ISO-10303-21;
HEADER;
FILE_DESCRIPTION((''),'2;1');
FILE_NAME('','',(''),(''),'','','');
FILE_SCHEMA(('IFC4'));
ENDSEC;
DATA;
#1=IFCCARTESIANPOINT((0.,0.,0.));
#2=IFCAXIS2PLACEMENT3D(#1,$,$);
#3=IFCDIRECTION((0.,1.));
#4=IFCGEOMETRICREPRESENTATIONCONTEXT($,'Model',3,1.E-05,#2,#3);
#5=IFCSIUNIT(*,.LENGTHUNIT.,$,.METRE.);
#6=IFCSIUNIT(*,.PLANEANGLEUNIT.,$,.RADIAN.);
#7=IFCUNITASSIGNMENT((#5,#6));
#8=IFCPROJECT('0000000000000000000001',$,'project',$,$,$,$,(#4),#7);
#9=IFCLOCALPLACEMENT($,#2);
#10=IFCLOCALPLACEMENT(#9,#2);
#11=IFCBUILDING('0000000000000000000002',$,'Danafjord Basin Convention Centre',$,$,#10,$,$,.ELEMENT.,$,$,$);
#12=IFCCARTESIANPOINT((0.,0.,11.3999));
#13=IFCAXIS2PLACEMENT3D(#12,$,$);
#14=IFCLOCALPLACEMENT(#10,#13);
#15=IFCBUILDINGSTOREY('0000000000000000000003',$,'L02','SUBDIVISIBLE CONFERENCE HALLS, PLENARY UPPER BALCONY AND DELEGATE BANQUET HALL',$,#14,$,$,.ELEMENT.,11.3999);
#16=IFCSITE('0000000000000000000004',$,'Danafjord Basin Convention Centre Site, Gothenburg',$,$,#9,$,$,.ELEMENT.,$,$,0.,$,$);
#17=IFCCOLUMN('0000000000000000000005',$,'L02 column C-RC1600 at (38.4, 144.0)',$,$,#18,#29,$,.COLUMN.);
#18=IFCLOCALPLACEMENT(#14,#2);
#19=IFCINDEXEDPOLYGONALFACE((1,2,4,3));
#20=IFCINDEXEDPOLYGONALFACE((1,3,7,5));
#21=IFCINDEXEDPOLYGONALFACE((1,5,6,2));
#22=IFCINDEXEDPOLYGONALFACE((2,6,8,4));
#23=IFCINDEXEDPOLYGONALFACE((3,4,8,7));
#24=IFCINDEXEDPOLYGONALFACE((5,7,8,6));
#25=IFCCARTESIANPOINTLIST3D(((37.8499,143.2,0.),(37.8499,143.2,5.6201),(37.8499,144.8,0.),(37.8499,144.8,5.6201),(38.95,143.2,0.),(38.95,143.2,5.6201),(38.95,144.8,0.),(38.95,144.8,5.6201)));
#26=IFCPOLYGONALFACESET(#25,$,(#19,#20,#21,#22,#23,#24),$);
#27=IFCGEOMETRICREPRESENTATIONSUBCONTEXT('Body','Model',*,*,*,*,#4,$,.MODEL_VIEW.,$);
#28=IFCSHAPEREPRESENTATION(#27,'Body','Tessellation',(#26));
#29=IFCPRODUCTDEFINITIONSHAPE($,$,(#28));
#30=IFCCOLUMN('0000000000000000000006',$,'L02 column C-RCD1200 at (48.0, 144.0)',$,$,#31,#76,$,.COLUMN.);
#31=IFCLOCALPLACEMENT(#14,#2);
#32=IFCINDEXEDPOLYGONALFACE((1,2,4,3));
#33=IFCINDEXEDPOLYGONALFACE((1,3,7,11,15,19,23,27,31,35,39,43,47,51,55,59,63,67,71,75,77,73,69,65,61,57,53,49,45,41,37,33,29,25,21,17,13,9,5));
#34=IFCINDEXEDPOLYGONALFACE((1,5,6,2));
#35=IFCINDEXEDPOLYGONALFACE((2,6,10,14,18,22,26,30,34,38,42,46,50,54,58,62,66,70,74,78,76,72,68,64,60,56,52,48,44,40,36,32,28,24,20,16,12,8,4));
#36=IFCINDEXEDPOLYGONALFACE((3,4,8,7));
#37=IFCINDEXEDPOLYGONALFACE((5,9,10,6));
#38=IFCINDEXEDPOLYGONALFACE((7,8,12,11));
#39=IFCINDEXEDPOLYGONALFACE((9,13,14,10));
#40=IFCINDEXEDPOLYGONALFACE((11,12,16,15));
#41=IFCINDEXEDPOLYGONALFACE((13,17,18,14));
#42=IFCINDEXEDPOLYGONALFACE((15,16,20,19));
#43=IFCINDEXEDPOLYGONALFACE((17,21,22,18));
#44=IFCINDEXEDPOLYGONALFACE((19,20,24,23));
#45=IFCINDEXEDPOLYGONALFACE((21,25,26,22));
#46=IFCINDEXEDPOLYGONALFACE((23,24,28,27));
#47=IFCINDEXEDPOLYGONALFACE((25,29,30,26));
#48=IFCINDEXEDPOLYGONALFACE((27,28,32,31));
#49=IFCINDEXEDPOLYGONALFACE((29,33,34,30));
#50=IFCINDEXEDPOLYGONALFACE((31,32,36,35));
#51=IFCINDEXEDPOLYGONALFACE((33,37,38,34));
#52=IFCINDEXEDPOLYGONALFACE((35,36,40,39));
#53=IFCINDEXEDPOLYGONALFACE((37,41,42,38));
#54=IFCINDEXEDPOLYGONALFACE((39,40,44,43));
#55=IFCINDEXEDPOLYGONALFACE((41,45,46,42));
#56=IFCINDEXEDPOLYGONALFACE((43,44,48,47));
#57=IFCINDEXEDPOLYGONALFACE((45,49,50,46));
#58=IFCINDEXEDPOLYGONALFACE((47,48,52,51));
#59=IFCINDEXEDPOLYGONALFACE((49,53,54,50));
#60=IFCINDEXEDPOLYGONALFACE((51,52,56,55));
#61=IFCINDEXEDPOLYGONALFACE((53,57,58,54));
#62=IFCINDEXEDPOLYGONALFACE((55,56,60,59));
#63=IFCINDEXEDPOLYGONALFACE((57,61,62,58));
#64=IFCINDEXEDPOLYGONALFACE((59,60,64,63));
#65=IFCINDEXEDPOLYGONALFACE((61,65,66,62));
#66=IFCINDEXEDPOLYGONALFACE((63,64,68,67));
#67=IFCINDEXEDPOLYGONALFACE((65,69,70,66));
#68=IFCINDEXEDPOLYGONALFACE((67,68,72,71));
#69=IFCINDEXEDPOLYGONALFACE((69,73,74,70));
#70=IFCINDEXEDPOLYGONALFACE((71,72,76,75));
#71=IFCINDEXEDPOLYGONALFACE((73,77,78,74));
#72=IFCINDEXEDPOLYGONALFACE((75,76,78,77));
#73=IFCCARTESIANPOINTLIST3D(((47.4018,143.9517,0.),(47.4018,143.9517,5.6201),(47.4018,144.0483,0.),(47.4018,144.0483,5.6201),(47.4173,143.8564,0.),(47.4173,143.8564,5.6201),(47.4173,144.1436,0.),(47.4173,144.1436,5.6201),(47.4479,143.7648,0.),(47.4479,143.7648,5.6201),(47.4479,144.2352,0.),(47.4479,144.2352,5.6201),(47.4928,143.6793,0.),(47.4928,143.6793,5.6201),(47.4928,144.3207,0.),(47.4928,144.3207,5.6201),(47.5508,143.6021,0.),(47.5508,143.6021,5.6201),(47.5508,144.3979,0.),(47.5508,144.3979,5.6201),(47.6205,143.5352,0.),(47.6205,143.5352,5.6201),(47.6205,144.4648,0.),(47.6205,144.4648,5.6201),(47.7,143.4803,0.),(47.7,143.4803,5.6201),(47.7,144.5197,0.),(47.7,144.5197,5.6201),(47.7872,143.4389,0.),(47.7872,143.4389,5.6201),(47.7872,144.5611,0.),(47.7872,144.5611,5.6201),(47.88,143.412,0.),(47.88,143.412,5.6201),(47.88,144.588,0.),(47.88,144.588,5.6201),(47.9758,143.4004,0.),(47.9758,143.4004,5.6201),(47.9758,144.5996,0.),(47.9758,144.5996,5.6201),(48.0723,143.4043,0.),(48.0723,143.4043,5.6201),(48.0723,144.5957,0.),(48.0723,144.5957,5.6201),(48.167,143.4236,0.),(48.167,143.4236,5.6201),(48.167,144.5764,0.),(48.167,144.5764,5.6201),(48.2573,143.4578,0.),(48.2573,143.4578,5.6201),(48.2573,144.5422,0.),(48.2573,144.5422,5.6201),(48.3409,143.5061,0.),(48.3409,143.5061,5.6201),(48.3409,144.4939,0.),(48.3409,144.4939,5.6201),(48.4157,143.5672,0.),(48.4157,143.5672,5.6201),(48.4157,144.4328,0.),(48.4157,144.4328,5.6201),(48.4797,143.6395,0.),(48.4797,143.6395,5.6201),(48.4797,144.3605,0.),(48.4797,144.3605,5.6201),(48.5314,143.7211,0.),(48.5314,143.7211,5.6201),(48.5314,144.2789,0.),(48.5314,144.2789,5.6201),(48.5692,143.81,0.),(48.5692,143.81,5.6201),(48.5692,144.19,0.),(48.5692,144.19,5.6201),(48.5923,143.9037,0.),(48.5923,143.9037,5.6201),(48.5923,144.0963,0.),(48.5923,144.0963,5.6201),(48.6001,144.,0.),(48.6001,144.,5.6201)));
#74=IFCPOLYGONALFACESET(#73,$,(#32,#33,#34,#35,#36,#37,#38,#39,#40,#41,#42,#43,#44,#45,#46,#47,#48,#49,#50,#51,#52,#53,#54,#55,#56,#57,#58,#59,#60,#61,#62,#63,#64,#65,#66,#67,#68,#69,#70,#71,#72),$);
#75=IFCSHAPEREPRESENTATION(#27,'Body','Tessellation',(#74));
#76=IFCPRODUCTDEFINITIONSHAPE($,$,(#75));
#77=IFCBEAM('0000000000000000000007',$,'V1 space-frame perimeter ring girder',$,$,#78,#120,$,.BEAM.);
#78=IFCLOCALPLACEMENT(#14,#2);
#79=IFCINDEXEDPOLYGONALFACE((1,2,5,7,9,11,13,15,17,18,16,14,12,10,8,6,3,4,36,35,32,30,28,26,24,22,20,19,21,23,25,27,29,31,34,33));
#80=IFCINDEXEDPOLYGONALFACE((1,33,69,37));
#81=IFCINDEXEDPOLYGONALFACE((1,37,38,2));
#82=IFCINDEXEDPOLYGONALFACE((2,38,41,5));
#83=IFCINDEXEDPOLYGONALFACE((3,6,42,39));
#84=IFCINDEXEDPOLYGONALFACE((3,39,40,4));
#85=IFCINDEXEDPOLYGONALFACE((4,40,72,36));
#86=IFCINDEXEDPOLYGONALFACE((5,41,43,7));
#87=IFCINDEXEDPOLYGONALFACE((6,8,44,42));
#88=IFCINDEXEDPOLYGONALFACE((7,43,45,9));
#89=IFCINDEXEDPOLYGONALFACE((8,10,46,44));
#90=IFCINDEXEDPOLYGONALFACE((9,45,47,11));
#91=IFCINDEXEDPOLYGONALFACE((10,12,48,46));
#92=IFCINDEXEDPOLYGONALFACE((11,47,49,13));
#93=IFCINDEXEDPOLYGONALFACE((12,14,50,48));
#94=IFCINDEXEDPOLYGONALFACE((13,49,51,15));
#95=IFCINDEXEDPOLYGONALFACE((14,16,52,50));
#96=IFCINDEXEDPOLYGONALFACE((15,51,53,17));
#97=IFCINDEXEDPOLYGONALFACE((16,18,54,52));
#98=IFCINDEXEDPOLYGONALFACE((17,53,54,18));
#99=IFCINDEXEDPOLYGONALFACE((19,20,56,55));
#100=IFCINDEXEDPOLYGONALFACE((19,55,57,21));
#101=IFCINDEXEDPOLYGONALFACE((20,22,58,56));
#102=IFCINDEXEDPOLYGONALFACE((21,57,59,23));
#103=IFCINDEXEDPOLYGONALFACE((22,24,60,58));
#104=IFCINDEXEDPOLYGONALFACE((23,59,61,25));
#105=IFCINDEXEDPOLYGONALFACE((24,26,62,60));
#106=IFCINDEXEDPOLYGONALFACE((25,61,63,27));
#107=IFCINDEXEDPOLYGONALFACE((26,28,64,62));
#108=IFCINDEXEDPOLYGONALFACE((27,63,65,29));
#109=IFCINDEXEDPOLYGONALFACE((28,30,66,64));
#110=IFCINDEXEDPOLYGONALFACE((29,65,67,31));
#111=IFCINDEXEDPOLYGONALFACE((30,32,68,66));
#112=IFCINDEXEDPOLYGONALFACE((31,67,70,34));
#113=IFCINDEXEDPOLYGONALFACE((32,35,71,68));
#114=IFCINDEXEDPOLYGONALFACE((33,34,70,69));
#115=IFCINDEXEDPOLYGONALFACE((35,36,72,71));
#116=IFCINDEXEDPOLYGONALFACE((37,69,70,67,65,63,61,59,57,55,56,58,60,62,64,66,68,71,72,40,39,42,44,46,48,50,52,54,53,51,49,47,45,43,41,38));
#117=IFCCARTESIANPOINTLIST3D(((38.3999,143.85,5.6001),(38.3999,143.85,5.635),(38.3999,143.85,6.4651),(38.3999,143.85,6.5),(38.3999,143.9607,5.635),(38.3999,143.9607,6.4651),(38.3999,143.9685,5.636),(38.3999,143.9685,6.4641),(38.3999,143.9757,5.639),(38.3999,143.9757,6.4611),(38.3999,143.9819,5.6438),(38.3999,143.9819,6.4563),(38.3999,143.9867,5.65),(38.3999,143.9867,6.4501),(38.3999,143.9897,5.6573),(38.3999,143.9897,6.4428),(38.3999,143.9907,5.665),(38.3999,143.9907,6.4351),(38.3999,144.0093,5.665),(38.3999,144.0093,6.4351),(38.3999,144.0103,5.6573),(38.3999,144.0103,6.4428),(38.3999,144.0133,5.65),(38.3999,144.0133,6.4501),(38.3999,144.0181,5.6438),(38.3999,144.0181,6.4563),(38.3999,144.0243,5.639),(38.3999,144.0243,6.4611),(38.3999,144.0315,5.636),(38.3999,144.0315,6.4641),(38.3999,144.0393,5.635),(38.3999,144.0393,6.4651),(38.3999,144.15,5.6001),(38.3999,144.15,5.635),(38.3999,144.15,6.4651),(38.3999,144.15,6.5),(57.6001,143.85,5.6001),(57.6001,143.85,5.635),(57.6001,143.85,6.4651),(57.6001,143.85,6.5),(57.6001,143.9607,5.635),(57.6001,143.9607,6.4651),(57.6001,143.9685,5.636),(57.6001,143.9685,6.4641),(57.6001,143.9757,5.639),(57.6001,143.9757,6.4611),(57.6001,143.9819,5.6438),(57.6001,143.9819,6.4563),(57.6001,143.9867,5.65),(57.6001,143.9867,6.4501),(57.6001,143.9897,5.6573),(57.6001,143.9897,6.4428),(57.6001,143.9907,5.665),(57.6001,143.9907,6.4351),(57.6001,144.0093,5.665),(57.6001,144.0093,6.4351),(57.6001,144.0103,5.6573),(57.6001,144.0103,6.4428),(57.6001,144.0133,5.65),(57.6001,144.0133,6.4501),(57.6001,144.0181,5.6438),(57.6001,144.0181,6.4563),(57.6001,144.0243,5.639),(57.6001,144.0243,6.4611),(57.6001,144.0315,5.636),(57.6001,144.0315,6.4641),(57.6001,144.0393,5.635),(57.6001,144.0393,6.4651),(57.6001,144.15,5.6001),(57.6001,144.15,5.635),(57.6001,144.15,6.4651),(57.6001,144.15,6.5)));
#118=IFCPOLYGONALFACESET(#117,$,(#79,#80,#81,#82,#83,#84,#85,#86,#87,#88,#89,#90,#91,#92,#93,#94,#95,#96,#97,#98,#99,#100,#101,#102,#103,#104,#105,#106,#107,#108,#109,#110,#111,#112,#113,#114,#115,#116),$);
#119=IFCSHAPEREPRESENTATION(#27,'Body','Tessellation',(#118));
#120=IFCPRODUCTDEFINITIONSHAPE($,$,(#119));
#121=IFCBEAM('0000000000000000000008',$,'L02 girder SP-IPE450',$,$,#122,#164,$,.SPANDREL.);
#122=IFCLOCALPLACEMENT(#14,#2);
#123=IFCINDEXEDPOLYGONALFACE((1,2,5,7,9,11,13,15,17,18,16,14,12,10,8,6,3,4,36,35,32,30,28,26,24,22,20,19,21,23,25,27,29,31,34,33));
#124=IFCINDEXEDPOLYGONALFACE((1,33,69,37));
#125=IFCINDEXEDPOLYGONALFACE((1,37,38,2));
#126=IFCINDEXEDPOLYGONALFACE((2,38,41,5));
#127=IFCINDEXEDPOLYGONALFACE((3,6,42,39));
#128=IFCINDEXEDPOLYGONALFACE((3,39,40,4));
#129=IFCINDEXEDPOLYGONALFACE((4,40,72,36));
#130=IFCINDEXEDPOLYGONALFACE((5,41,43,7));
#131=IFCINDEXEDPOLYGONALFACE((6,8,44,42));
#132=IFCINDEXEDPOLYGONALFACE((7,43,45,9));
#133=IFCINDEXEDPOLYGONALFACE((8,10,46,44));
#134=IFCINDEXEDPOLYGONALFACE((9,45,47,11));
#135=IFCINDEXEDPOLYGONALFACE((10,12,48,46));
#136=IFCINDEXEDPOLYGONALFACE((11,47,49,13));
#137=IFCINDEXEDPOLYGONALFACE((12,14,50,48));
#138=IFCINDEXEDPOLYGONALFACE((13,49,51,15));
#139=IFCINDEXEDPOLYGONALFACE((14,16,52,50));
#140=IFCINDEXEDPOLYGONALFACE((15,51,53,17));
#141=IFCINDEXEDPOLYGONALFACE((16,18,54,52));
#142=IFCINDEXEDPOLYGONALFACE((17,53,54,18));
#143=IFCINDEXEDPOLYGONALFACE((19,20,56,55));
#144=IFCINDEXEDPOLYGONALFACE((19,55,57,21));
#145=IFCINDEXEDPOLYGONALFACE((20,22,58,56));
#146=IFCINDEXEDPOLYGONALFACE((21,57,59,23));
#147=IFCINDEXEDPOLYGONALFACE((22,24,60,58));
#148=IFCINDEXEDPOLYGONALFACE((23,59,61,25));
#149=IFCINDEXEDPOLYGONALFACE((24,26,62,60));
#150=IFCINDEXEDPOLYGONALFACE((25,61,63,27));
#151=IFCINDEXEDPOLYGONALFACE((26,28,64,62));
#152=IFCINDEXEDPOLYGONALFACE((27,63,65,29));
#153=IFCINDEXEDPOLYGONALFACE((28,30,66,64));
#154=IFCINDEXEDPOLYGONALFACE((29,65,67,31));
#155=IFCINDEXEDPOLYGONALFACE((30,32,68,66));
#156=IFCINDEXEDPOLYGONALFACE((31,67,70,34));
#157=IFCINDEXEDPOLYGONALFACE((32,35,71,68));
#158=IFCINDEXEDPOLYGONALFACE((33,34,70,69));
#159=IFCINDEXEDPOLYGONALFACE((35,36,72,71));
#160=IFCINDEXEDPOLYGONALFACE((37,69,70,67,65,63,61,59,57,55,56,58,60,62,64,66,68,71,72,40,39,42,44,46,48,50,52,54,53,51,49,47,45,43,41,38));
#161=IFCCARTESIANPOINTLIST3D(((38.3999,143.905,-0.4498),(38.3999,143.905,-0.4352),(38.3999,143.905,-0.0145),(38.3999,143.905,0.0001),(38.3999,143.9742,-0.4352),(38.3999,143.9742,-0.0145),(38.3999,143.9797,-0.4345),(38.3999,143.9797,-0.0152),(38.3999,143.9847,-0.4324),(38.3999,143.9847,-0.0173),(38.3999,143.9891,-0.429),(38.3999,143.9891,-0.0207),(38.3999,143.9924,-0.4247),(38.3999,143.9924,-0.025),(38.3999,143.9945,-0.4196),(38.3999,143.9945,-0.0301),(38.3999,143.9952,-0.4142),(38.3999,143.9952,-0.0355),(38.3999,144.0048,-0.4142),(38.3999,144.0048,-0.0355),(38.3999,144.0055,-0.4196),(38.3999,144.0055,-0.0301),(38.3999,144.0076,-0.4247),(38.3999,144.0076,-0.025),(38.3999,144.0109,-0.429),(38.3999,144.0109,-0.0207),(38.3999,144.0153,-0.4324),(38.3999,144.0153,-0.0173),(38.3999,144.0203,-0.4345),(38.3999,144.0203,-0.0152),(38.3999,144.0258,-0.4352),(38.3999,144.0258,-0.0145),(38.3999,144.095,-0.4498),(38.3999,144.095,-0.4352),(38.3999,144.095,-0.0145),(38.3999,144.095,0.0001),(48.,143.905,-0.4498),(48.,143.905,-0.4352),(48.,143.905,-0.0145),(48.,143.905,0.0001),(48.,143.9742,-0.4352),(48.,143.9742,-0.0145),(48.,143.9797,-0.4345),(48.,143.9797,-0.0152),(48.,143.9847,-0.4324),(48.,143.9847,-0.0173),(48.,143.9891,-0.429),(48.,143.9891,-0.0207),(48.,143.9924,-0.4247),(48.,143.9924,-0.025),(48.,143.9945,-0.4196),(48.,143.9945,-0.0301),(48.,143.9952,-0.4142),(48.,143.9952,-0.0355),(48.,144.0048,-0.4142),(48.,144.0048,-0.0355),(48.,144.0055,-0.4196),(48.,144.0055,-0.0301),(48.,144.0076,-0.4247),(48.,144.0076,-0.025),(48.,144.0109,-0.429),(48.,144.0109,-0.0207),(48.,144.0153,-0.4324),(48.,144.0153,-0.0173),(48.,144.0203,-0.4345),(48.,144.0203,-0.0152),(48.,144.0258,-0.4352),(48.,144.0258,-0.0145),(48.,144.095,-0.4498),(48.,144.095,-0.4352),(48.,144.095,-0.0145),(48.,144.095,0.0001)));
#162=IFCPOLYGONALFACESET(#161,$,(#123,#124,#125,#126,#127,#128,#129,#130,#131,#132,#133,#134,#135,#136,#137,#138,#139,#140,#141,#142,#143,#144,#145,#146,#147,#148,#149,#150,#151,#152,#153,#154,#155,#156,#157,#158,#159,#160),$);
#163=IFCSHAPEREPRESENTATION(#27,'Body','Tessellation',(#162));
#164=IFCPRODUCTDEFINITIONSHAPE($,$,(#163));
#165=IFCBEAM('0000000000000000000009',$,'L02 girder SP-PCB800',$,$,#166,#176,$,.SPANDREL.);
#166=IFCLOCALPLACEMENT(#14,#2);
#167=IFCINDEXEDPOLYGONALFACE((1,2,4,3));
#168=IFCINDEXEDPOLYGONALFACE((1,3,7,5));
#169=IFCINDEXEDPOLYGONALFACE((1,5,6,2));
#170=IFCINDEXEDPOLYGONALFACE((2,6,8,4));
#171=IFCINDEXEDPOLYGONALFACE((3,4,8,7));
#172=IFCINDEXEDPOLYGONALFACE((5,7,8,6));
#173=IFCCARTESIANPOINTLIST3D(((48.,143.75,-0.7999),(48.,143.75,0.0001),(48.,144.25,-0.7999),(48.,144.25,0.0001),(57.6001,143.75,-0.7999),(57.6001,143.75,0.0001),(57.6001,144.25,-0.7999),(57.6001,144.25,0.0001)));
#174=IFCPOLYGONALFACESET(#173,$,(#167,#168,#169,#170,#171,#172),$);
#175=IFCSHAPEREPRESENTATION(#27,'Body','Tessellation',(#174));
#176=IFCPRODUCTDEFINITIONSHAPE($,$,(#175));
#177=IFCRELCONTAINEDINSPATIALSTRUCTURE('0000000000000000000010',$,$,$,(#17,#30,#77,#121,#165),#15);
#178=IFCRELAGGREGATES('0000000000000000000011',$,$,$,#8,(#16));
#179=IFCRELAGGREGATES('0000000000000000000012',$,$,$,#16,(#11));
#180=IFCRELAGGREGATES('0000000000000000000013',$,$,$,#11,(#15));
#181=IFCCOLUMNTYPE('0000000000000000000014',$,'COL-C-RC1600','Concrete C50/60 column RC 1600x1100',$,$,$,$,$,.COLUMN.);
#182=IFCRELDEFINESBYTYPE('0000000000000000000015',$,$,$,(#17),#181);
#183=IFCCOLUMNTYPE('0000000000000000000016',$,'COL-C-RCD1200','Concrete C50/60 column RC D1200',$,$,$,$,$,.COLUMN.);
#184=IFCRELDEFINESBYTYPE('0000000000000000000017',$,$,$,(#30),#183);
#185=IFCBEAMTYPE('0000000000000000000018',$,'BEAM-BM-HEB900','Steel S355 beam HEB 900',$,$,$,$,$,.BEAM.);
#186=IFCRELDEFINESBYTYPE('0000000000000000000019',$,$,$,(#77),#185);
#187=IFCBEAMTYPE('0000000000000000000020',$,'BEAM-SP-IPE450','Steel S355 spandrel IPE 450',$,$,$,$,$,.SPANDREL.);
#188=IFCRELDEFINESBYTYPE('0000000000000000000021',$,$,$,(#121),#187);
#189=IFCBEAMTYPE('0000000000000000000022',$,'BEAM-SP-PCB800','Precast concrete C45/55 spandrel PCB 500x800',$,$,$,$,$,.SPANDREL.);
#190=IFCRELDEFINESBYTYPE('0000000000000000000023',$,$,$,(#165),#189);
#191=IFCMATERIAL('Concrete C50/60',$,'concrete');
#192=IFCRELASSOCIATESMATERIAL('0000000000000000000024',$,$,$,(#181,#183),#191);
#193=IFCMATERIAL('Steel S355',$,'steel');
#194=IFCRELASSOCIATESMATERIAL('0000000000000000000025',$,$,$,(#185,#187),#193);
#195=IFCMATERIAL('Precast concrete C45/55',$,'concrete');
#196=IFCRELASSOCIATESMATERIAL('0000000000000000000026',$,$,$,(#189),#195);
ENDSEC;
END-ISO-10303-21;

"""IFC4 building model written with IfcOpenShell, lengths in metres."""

from ifc_helpers import new_model, si_unit, direction, frame, origin, origin_2d, place, context, subcontext, project, spatial, rectangle, circle, i_section, extrude, material, material_profile, profile_set, type_object, element, save


model = new_model("IFC4")

# Units and contexts
model_context = context("Model", 3, precision=1e-05, world=origin(), true_north=direction((0.0, 1.0)))
body_context = subcontext(model_context, "Body", "Model", "MODEL_VIEW")
ifc_project = project(units=[si_unit("LENGTHUNIT", "METRE"), si_unit("PLANEANGLEUNIT", "RADIAN")], contexts=[model_context])

# Site, building, storey
site_placement = place(None, origin())
site = spatial("IfcSite", under=ifc_project, at=site_placement, Name="Danafjord Basin Convention Centre Site, Gothenburg", CompositionType="ELEMENT", RefElevation=0.0)
building_placement = place(site_placement, origin())
building = spatial("IfcBuilding", under=site, at=building_placement, Name="Danafjord Basin Convention Centre", CompositionType="ELEMENT")
storey_placement = place(building_placement, frame((0.0, 0.0, 11.3999)))
storey = spatial("IfcBuildingStorey", under=building, at=storey_placement, Name="L02", Description="SUBDIVISIBLE CONFERENCE HALLS, PLENARY UPPER BALCONY AND DELEGATE BANQUET HALL", CompositionType="ELEMENT", Elevation=11.3999)

# Columns
ifc_material_1 = material(Name="Concrete C50/60", Category="concrete")
ifc_material_profile_1 = material_profile(ifc_material_1, rectangle(XDim=1.1001, YDim=1.6001, at=origin_2d()), Name="RC 1600x1100")
ifc_profile_set_1 = profile_set([ifc_material_profile_1], Name="Concrete C50/60")
column_type_1 = type_object("IfcColumnType", Name="COL-C-RC1600", Description="Concrete C50/60 column RC 1600x1100", PredefinedType="COLUMN", material=ifc_profile_set_1)
column_1_placement = place(storey_placement, frame((38.3999, 144.0, 0.0), z_axis=(0.0, 0.0, 1.0), x_axis=(1.0, 0.0, 0.0)))
element("IfcColumn", 1, at=column_1_placement, inside=storey, type_object=column_type_1, Name="L02 column C-RC1600 at (38.4, 144.0)", PredefinedType="COLUMN", context=body_context, shape_type="SweptSolid", body=[
    extrude(rectangle(XDim=1.1001, YDim=1.6001, at=origin_2d()), origin(), (0.0, 0.0, 1.0), 5.6201),
])
ifc_material_profile_2 = material_profile(ifc_material_1, circle(Radius=0.6001, at=origin_2d()), Name="RC D1200")
ifc_profile_set_2 = profile_set([ifc_material_profile_2], Name="Concrete C50/60")
column_type_2 = type_object("IfcColumnType", Name="COL-C-RCD1200", Description="Concrete C50/60 column RC D1200", PredefinedType="COLUMN", material=ifc_profile_set_2)
column_2_placement = place(storey_placement, frame((48.0, 144.0, 0.0), z_axis=(0.0, 0.0, 1.0), x_axis=(1.0, 0.0, 0.0)))
element("IfcColumn", 2, at=column_2_placement, inside=storey, type_object=column_type_2, Name="L02 column C-RCD1200 at (48.0, 144.0)", PredefinedType="COLUMN", context=body_context, shape_type="SweptSolid", body=[
    extrude(circle(Radius=0.6001, at=origin_2d()), origin(), (0.0, 0.0, 1.0), 5.6201),
])

# Beams
ifc_material_2 = material(Name="Steel S355", Category="steel")
ifc_material_profile_3 = material_profile(ifc_material_2, i_section(OverallWidth=0.3, OverallDepth=0.8999, WebThickness=0.0186, FlangeThickness=0.0349, FilletRadius=0.03, at=origin_2d()), Name="HEB 900")
ifc_profile_set_3 = profile_set([ifc_material_profile_3], Name="Steel S355")
beam_type_1 = type_object("IfcBeamType", Name="BEAM-BM-HEB900", Description="Steel S355 beam HEB 900", PredefinedType="BEAM", material=ifc_profile_set_3)
beam_1_placement = place(storey_placement, frame((38.3999, 144.0, 6.05), z_axis=(1.0, 0.0, 0.0), x_axis=(0.0, 1.0, 0.0)))
element("IfcBeam", 3, at=beam_1_placement, inside=storey, type_object=beam_type_1, Name="V1 space-frame perimeter ring girder", PredefinedType="BEAM", context=body_context, shape_type="SweptSolid", body=[
    extrude(i_section(OverallWidth=0.3, OverallDepth=0.8999, WebThickness=0.0186, FlangeThickness=0.0349, FilletRadius=0.03, at=origin_2d()), origin(), (0.0, 0.0, 1.0), 19.2002),
])
ifc_material_profile_4 = material_profile(ifc_material_2, i_section(OverallWidth=0.1899, OverallDepth=0.45, WebThickness=0.0095, FlangeThickness=0.0146, FilletRadius=0.021, at=origin_2d()), Name="IPE 450")
ifc_profile_set_4 = profile_set([ifc_material_profile_4], Name="Steel S355")
beam_type_2 = type_object("IfcBeamType", Name="BEAM-SP-IPE450", Description="Steel S355 spandrel IPE 450", PredefinedType="SPANDREL", material=ifc_profile_set_4)
beam_2_placement = place(storey_placement, frame((38.3999, 144.0, -0.2249), z_axis=(1.0, 0.0, 0.0), x_axis=(0.0, 1.0, 0.0)))
element("IfcBeam", 4, at=beam_2_placement, inside=storey, type_object=beam_type_2, Name="L02 girder SP-IPE450", PredefinedType="SPANDREL", context=body_context, shape_type="SweptSolid", body=[
    extrude(i_section(OverallWidth=0.1899, OverallDepth=0.45, WebThickness=0.0095, FlangeThickness=0.0146, FilletRadius=0.021, at=origin_2d()), origin(), (0.0, 0.0, 1.0), 9.6001),
])
ifc_material_3 = material(Name="Precast concrete C45/55", Category="concrete")
ifc_material_profile_5 = material_profile(ifc_material_3, rectangle(XDim=0.5, YDim=0.8, at=origin_2d()), Name="PCB 500x800")
ifc_profile_set_5 = profile_set([ifc_material_profile_5], Name="Precast concrete C45/55")
beam_type_3 = type_object("IfcBeamType", Name="BEAM-SP-PCB800", Description="Precast concrete C45/55 spandrel PCB 500x800", PredefinedType="SPANDREL", material=ifc_profile_set_5)
beam_3_placement = place(storey_placement, frame((48.0, 144.0, -0.3999), z_axis=(1.0, 0.0, 0.0), x_axis=(0.0, 1.0, 0.0)))
element("IfcBeam", 5, at=beam_3_placement, inside=storey, type_object=beam_type_3, Name="L02 girder SP-PCB800", PredefinedType="SPANDREL", context=body_context, shape_type="SweptSolid", body=[
    extrude(rectangle(XDim=0.5, YDim=0.8, at=origin_2d()), origin(), (0.0, 0.0, 1.0), 9.6001),
])

save(model, "model.ifc")
